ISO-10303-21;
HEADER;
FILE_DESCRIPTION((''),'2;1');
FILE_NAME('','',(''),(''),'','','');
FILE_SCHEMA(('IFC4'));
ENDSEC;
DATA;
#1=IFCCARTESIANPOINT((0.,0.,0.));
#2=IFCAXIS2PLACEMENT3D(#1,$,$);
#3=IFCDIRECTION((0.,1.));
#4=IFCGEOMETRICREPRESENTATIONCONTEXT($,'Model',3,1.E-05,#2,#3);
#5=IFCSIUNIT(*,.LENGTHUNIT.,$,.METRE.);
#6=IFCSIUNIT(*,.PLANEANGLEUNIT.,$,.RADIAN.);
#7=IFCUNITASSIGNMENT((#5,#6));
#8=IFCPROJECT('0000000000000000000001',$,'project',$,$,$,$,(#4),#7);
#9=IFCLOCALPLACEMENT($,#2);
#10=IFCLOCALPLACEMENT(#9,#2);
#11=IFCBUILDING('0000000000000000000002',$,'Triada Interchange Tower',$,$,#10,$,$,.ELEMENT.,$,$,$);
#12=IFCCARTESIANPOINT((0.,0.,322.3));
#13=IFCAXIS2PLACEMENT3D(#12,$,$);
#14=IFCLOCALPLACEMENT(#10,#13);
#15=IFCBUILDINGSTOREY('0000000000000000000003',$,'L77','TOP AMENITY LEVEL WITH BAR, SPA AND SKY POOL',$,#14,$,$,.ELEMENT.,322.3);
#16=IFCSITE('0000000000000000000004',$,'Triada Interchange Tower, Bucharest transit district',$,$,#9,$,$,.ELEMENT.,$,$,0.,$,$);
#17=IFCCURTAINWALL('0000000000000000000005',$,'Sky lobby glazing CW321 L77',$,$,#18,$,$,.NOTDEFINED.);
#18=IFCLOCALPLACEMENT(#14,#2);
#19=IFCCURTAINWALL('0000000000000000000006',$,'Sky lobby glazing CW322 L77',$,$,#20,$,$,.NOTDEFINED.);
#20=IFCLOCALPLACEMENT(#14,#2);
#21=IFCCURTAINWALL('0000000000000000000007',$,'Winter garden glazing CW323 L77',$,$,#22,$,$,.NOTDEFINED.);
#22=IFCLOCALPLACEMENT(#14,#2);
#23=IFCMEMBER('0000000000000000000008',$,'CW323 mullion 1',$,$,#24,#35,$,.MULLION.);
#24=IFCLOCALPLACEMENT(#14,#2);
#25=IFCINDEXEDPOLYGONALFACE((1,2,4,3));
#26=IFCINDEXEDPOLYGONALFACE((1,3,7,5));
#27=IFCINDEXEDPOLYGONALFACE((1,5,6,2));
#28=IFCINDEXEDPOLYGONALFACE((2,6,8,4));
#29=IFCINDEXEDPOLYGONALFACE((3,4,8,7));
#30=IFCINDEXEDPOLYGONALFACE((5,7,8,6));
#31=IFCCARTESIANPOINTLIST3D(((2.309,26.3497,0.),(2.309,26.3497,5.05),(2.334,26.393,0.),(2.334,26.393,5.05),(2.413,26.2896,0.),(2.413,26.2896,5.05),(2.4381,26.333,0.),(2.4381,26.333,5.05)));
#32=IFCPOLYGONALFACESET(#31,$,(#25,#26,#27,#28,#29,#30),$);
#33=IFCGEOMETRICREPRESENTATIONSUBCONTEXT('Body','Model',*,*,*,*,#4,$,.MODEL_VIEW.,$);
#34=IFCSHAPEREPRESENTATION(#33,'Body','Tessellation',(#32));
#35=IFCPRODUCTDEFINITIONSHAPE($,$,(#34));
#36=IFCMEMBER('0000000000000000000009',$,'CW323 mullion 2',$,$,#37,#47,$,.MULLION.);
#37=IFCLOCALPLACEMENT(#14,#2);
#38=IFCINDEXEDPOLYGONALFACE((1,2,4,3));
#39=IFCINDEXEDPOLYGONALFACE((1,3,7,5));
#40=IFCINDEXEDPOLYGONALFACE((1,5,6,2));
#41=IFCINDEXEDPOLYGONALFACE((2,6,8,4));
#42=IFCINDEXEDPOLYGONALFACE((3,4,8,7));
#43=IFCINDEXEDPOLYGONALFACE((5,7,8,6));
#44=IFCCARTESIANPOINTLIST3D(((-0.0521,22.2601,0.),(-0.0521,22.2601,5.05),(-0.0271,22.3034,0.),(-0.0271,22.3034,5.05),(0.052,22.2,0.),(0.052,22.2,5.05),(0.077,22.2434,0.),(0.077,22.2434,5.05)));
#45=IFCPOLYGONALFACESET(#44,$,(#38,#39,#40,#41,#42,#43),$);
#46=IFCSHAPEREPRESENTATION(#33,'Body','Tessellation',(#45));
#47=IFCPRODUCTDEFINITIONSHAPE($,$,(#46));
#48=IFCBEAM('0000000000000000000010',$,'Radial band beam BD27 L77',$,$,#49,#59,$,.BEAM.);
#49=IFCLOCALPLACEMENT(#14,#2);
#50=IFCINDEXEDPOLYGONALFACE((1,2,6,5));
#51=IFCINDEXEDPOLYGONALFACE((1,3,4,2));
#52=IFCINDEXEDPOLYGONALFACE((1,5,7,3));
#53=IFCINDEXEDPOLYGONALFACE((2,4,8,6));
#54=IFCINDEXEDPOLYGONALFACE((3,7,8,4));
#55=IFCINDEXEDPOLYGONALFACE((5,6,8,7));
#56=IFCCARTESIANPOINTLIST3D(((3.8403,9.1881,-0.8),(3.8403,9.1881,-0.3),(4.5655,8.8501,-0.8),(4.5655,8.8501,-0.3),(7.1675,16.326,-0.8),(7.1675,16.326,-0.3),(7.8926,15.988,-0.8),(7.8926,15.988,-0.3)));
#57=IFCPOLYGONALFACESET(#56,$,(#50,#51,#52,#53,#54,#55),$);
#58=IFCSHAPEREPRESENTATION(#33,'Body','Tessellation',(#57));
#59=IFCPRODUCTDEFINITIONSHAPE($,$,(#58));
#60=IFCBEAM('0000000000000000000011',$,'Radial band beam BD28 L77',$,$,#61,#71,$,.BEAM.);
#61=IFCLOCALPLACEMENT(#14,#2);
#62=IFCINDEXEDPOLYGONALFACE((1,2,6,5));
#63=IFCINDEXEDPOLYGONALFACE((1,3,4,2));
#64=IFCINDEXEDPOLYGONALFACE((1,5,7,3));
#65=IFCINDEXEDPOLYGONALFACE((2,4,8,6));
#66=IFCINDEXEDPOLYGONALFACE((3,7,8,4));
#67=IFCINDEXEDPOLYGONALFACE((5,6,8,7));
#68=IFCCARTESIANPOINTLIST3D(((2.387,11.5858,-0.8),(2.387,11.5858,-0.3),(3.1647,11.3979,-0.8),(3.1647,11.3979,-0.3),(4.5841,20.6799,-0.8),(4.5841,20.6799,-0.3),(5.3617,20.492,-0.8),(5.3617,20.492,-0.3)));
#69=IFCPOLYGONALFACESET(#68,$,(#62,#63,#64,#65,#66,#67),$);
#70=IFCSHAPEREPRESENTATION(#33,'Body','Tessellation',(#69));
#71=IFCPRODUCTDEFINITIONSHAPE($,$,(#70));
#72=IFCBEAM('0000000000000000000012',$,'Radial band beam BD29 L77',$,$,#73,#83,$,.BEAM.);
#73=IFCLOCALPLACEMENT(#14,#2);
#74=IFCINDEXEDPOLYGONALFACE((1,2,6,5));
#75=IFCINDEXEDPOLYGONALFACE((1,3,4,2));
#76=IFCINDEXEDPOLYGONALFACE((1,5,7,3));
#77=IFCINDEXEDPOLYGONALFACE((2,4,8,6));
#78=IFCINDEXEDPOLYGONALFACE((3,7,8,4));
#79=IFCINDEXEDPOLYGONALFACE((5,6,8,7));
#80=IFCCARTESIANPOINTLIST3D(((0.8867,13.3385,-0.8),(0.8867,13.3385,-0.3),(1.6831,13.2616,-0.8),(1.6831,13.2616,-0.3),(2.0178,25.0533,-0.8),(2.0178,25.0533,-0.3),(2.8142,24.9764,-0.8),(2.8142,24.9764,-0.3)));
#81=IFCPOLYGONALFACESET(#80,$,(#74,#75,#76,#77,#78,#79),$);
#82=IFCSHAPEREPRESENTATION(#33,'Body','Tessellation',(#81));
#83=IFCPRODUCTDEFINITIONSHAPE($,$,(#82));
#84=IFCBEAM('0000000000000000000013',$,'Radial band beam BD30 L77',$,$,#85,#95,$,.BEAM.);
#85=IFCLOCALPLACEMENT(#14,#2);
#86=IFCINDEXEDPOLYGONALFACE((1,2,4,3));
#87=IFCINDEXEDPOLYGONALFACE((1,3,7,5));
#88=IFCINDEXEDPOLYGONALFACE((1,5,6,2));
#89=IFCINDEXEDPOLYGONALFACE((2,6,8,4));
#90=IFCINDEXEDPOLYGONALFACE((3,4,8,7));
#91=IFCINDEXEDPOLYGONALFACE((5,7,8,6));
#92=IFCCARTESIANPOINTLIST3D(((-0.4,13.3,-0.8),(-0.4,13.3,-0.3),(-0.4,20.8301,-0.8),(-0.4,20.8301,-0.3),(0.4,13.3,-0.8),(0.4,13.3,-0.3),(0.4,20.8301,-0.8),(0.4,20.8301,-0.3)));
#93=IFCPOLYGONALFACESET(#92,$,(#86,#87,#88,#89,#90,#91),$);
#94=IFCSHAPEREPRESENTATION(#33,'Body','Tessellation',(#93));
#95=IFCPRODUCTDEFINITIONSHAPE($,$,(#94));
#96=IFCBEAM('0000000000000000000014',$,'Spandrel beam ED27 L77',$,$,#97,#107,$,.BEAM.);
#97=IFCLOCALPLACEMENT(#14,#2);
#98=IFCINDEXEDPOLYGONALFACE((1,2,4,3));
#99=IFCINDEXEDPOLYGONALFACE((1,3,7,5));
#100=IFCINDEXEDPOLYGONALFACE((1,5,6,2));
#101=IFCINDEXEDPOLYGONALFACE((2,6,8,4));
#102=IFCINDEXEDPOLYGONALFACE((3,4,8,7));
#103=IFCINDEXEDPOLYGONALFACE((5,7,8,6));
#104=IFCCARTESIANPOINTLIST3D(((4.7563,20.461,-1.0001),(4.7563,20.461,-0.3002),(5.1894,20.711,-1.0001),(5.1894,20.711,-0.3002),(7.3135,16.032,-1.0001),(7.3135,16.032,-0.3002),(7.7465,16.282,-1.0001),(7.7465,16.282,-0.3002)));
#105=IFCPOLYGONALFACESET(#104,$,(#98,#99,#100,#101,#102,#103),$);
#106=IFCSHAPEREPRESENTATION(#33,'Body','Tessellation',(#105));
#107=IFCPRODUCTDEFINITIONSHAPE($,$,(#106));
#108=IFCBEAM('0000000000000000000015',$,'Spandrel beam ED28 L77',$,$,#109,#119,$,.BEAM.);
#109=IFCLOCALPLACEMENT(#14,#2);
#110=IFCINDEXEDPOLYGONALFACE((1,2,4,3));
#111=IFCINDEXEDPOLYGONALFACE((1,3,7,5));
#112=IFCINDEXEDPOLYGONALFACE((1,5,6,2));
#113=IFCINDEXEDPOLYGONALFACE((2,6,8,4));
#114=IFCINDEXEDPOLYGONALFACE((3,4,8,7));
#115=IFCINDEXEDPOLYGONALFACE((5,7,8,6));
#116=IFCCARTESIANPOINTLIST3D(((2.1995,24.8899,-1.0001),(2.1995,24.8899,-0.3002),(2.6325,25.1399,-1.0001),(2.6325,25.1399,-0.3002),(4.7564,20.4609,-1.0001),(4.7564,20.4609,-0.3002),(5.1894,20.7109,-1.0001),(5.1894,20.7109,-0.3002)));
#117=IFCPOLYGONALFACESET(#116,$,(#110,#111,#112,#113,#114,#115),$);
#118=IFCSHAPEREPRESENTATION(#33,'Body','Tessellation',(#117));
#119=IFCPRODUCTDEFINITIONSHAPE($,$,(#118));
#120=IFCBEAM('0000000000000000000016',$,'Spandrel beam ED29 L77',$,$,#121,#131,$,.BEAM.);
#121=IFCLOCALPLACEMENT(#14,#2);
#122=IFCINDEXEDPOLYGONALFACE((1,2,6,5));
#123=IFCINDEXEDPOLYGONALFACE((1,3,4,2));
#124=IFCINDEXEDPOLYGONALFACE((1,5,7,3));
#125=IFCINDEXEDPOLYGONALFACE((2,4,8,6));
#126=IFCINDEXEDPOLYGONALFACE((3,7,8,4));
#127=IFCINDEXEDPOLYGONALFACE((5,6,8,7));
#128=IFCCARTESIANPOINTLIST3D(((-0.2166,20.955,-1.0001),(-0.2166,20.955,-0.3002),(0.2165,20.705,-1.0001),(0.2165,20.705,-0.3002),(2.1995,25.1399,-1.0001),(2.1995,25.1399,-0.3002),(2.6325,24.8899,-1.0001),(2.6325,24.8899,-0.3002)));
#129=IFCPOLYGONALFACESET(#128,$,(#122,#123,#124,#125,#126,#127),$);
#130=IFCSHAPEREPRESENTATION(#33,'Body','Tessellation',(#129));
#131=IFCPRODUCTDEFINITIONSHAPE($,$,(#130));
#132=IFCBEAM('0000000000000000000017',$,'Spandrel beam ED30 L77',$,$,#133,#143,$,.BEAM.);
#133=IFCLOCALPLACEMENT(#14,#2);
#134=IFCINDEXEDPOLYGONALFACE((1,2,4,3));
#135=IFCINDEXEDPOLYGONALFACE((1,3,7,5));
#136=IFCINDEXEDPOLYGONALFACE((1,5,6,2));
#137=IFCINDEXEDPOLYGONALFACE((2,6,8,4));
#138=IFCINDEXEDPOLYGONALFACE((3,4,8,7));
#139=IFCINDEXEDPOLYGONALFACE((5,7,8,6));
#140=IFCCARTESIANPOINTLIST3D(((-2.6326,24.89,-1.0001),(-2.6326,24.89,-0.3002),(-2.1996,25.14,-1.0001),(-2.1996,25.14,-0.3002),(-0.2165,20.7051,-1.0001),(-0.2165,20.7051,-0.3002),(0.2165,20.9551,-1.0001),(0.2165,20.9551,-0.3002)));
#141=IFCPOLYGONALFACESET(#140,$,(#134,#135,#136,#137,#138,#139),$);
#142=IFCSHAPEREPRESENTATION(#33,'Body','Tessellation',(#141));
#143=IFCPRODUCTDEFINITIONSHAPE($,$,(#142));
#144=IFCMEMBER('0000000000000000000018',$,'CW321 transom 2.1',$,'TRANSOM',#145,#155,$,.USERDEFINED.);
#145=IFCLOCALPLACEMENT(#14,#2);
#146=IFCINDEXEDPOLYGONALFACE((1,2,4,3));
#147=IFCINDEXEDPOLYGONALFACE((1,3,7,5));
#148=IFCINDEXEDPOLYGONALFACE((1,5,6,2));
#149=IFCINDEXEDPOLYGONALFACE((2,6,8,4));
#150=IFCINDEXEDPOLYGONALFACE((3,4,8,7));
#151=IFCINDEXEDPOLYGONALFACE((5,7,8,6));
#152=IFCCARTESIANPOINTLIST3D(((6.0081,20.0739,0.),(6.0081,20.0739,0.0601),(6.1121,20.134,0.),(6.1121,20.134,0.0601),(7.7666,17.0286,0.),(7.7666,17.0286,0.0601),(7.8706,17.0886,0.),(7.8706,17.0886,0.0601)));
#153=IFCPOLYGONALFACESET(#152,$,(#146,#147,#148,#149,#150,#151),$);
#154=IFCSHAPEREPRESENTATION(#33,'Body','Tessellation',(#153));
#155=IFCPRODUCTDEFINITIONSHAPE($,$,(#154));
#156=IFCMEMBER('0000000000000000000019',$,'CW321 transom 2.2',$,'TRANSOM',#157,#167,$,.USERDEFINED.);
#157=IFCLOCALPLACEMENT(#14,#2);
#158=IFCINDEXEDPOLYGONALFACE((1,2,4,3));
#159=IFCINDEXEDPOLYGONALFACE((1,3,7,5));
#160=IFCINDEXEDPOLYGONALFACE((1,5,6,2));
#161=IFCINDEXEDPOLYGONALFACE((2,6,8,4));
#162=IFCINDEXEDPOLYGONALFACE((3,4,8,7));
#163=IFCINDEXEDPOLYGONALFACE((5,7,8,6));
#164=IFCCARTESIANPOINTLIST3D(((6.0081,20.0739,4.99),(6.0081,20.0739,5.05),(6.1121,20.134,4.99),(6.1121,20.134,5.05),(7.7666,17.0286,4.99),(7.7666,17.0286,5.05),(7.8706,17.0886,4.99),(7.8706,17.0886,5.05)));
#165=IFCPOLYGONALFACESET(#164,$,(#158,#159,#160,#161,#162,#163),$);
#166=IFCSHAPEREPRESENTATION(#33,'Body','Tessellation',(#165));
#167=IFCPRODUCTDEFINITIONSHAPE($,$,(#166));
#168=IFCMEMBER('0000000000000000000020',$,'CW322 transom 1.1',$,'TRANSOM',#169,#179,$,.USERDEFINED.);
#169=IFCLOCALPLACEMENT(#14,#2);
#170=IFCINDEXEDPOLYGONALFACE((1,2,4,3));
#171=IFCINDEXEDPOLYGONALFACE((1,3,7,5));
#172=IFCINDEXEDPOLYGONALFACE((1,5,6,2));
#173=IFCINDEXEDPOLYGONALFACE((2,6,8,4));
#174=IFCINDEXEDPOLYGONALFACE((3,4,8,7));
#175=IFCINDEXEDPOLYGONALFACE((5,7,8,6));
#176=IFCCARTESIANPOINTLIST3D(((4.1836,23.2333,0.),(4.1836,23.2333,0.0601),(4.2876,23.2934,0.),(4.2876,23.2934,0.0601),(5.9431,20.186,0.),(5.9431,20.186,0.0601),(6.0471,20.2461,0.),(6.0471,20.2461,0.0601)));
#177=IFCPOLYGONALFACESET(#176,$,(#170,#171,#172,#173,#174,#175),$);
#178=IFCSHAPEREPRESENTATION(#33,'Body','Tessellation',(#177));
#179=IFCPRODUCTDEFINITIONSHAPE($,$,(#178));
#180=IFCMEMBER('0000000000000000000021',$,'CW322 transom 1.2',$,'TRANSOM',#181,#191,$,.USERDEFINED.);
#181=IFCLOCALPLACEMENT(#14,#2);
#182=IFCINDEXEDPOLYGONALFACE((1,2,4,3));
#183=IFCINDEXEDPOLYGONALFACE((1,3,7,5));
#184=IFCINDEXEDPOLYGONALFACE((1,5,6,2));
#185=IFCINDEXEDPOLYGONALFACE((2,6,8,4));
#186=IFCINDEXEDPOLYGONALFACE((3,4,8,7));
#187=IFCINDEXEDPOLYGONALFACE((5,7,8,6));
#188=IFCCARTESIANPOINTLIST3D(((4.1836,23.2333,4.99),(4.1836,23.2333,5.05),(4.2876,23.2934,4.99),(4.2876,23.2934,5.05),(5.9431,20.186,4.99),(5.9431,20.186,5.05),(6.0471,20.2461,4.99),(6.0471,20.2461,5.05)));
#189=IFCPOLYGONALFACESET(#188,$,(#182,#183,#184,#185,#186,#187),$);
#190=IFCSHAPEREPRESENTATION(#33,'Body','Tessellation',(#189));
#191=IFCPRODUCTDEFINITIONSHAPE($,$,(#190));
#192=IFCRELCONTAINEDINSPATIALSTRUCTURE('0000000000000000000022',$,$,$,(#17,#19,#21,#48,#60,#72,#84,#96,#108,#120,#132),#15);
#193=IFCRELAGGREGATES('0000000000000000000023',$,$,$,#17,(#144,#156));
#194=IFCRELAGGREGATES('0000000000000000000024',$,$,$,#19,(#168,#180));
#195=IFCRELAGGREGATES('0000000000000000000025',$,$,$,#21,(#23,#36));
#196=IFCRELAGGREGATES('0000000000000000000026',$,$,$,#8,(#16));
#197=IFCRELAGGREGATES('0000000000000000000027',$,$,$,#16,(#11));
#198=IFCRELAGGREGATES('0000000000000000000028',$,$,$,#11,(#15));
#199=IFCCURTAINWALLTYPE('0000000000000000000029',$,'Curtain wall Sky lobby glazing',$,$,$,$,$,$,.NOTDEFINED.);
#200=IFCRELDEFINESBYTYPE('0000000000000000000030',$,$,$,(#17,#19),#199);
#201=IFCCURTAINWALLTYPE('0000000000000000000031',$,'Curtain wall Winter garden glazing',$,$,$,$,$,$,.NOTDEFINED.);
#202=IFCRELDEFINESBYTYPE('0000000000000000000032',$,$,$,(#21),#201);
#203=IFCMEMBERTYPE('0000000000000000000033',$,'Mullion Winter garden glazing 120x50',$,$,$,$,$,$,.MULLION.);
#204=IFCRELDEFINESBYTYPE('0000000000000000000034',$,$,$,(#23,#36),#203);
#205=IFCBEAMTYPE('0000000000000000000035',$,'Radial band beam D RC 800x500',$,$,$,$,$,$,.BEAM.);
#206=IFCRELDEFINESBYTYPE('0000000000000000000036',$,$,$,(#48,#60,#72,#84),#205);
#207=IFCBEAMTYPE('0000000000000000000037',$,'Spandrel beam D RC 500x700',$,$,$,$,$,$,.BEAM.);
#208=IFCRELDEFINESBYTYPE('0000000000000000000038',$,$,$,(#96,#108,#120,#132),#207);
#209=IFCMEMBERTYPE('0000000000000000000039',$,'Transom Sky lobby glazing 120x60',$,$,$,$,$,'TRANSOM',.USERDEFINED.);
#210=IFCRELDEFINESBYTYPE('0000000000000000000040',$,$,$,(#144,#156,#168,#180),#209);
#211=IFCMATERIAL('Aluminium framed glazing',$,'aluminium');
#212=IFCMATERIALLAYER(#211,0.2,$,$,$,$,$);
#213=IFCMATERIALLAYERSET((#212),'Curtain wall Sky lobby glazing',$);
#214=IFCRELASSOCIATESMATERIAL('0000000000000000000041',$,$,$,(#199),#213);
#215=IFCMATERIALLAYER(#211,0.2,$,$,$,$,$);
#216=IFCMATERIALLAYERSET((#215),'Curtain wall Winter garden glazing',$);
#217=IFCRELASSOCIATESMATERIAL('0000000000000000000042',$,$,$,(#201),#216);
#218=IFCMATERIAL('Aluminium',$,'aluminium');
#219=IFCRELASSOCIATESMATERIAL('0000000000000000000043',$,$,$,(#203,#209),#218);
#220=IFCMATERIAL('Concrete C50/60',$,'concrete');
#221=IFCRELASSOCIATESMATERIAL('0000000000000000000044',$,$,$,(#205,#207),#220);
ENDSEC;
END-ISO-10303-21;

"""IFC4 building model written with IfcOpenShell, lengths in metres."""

from ifc_helpers import new_model, si_unit, direction, frame, origin, origin_2d, place, context, subcontext, project, spatial, rectangle, extrude, material, layer, layer_set, material_profile, profile_set, type_object, element, aggregate, save


model = new_model("IFC4")

# Units and contexts
model_context = context("Model", 3, precision=1e-05, world=origin(), true_north=direction((0.0, 1.0)))
body_context = subcontext(model_context, "Body", "Model", "MODEL_VIEW")
ifc_project = project(units=[si_unit("LENGTHUNIT", "METRE"), si_unit("PLANEANGLEUNIT", "RADIAN")], contexts=[model_context])

# Site, building, storey
site_placement = place(None, origin())
site = spatial("IfcSite", under=ifc_project, at=site_placement, Name="Triada Interchange Tower, Bucharest transit district", CompositionType="ELEMENT", RefElevation=0.0)
building_placement = place(site_placement, origin())
building = spatial("IfcBuilding", under=site, at=building_placement, Name="Triada Interchange Tower", CompositionType="ELEMENT")
storey_placement = place(building_placement, frame((0.0, 0.0, 322.3)))
storey = spatial("IfcBuildingStorey", under=building, at=storey_placement, Name="L77", Description="TOP AMENITY LEVEL WITH BAR, SPA AND SKY POOL", CompositionType="ELEMENT", Elevation=322.3)

# Curtain walls, members
ifc_material_1 = material(Name="Aluminium framed glazing", Category="aluminium")
ifc_layer_1 = layer(ifc_material_1, 0.2)
ifc_layer_set_1 = layer_set([ifc_layer_1], Name="Curtain wall Sky lobby glazing")
curtain_wall_type_1 = type_object("IfcCurtainWallType", Name="Curtain wall Sky lobby glazing", PredefinedType="NOTDEFINED", material=ifc_layer_set_1)
curtain_wall_1_placement = place(storey_placement, origin())
curtain_wall_1 = element("IfcCurtainWall", 1, at=curtain_wall_1_placement, inside=storey, type_object=curtain_wall_type_1, Name="Sky lobby glazing CW321 L77", PredefinedType="NOTDEFINED")
ifc_material_2 = material(Name="Aluminium", Category="aluminium")
curtain_wall_2_placement = place(storey_placement, origin())
curtain_wall_2 = element("IfcCurtainWall", 2, at=curtain_wall_2_placement, inside=storey, type_object=curtain_wall_type_1, Name="Sky lobby glazing CW322 L77", PredefinedType="NOTDEFINED")
ifc_layer_2 = layer(ifc_material_1, 0.2)
ifc_layer_set_2 = layer_set([ifc_layer_2], Name="Curtain wall Winter garden glazing")
curtain_wall_type_2 = type_object("IfcCurtainWallType", Name="Curtain wall Winter garden glazing", PredefinedType="NOTDEFINED", material=ifc_layer_set_2)
curtain_wall_3_placement = place(storey_placement, origin())
curtain_wall_3 = element("IfcCurtainWall", 3, at=curtain_wall_3_placement, inside=storey, type_object=curtain_wall_type_2, Name="Winter garden glazing CW323 L77", PredefinedType="NOTDEFINED")
ifc_material_profile_1 = material_profile(ifc_material_2, rectangle(XDim=0.1201, YDim=0.05, at=origin_2d()), Name="Aluminium mullion")
ifc_profile_set_1 = profile_set([ifc_material_profile_1], Name="Aluminium")
member_type_1 = type_object("IfcMemberType", Name="Mullion Winter garden glazing 120x50", PredefinedType="MULLION", material=ifc_profile_set_1)
member_1_placement = place(storey_placement, frame((2.3735, 26.3413, 0.0), z_axis=(0.0, 0.0, 1.0), x_axis=(0.866043, -0.49997, 0.0)))
member_1 = element("IfcMember", 4, at=member_1_placement, type_object=member_type_1, Name="CW323 mullion 1", PredefinedType="MULLION", context=body_context, shape_type="SweptSolid", body=[
    extrude(rectangle(XDim=0.1201, YDim=0.05, at=origin_2d()), origin(), (0.0, 0.0, 1.0), 5.05),
])
member_2_placement = place(storey_placement, frame((0.0125, 22.2517, 0.0), z_axis=(0.0, 0.0, 1.0), x_axis=(0.866043, -0.49997, 0.0)))
member_2 = element("IfcMember", 5, at=member_2_placement, type_object=member_type_1, Name="CW323 mullion 2", PredefinedType="MULLION", context=body_context, shape_type="SweptSolid", body=[
    extrude(rectangle(XDim=0.1201, YDim=0.05, at=origin_2d()), origin(), (0.0, 0.0, 1.0), 5.05),
])

# Beams
ifc_material_3 = material(Name="Concrete C50/60", Category="concrete")
ifc_material_profile_2 = material_profile(ifc_material_3, rectangle(XDim=0.8, YDim=0.5, at=origin_2d()), Name="RC 800x500")
ifc_profile_set_2 = profile_set([ifc_material_profile_2], Name="Concrete C50/60")
beam_type_1 = type_object("IfcBeamType", Name="Radial band beam D RC 800x500", PredefinedType="BEAM", material=ifc_profile_set_2)
beam_1_placement = place(storey_placement, frame((7.53, 16.157, -0.55), z_axis=(-0.42248, -0.906372, 0.0), x_axis=(0.906372, -0.42248, 0.0)))
element("IfcBeam", 6, at=beam_1_placement, inside=storey, type_object=beam_type_1, Name="Radial band beam BD27 L77", PredefinedType="BEAM", context=body_context, shape_type="SweptSolid", body=[
    extrude(rectangle(XDim=0.8, YDim=0.5, at=origin_2d()), origin(), (0.0, 0.0, 1.0), 7.8752),
])
beam_2_placement = place(storey_placement, frame((4.9729, 20.5859, -0.55), z_axis=(-0.234834, -0.972035, 0.0), x_axis=(0.972035, -0.234834, 0.0)))
element("IfcBeam", 7, at=beam_2_placement, inside=storey, type_object=beam_type_1, Name="Radial band beam BD28 L77", PredefinedType="BEAM", context=body_context, shape_type="SweptSolid", body=[
    extrude(rectangle(XDim=0.8, YDim=0.5, at=origin_2d()), origin(), (0.0, 0.0, 1.0), 9.3557),
])
beam_3_placement = place(storey_placement, frame((2.416, 25.0149, -0.55), z_axis=(-0.096106, -0.995371, 0.0), x_axis=(0.995371, -0.096106, 0.0)))
element("IfcBeam", 8, at=beam_3_placement, inside=storey, type_object=beam_type_1, Name="Radial band beam BD29 L77", PredefinedType="BEAM", context=body_context, shape_type="SweptSolid", body=[
    extrude(rectangle(XDim=0.8, YDim=0.5, at=origin_2d()), origin(), (0.0, 0.0, 1.0), 11.7693),
])
beam_4_placement = place(storey_placement, frame((0.0, 20.8301, -0.55), z_axis=(0.0, -1.0, 0.0), x_axis=(1.0, 0.0, 0.0)))
element("IfcBeam", 9, at=beam_4_placement, inside=storey, type_object=beam_type_1, Name="Radial band beam BD30 L77", PredefinedType="BEAM", context=body_context, shape_type="SweptSolid", body=[
    extrude(rectangle(XDim=0.8, YDim=0.5, at=origin_2d()), origin(), (0.0, 0.0, 1.0), 7.53),
])
ifc_material_profile_3 = material_profile(ifc_material_3, rectangle(XDim=0.5, YDim=0.7, at=origin_2d()), Name="RC 500x700")
ifc_profile_set_3 = profile_set([ifc_material_profile_3], Name="Concrete C50/60")
beam_type_2 = type_object("IfcBeamType", Name="Spandrel beam D RC 500x700", PredefinedType="BEAM", material=ifc_profile_set_3)
beam_5_placement = place(storey_placement, frame((7.53, 16.157, -0.6501), z_axis=(-0.50001, 0.866019, 0.0), x_axis=(-0.866019, -0.50001, 0.0)))
element("IfcBeam", 10, at=beam_5_placement, inside=storey, type_object=beam_type_2, Name="Spandrel beam ED27 L77", PredefinedType="BEAM", context=body_context, shape_type="SweptSolid", body=[
    extrude(rectangle(XDim=0.5, YDim=0.7, at=origin_2d()), origin(), (0.0, 0.0, 1.0), 5.1143),
])
beam_6_placement = place(storey_placement, frame((4.9729, 20.5859, -0.6501), z_axis=(-0.499975, 0.86604, 0.0), x_axis=(-0.86604, -0.499975, 0.0)))
element("IfcBeam", 11, at=beam_6_placement, inside=storey, type_object=beam_type_2, Name="Spandrel beam ED28 L77", PredefinedType="BEAM", context=body_context, shape_type="SweptSolid", body=[
    extrude(rectangle(XDim=0.5, YDim=0.7, at=origin_2d()), origin(), (0.0, 0.0, 1.0), 5.114),
])
for number, where, z_axis, x_axis, name in (
    (12, (2.416, 25.0149, -0.6501), (-0.499986, -0.866033, 0.0), (0.866033, -0.499986, 0.0), "Spandrel beam ED29 L77"),
    (13, (0.0, 20.8301, -0.6501), (-0.499986, 0.866033, 0.0), (-0.866033, -0.499986, 0.0), "Spandrel beam ED30 L77"),
):
    element("IfcBeam", number, at=place(storey_placement, frame(where, z_axis=z_axis, x_axis=x_axis)), inside=storey, type_object=beam_type_2, Name=name, PredefinedType="BEAM", context=body_context, shape_type="SweptSolid", body=[
        extrude(rectangle(XDim=0.5, YDim=0.7, at=origin_2d()), origin(), (0.0, 0.0, 1.0), 4.8323),
    ])

# Members
ifc_material_profile_4 = material_profile(ifc_material_2, rectangle(XDim=0.1201, YDim=0.0601, at=origin_2d()), Name="Aluminium transom")
ifc_profile_set_4 = profile_set([ifc_material_profile_4], Name="Aluminium")
member_type_2 = type_object("IfcMemberType", Name="Transom Sky lobby glazing 120x60", ElementType="TRANSOM", PredefinedType="USERDEFINED", material=ifc_profile_set_4)
member_3_placement = place(storey_placement, frame((7.8186, 17.0586, 0.03), z_axis=(-0.500059, 0.865991, 0.0), x_axis=(-0.865991, -0.500059, 0.0)))
member_3 = element("IfcMember", 14, at=member_3_placement, type_object=member_type_2, Name="CW321 transom 2.1", ObjectType="TRANSOM", PredefinedType="USERDEFINED", context=body_context, shape_type="SweptSolid", body=[
    extrude(rectangle(XDim=0.1201, YDim=0.0601, at=origin_2d()), origin(), (0.0, 0.0, 1.0), 3.5166),
])
member_4_placement = place(storey_placement, frame((7.8186, 17.0586, 5.02), z_axis=(-0.500059, 0.865991, 0.0), x_axis=(-0.865991, -0.500059, 0.0)))
member_4 = element("IfcMember", 15, at=member_4_placement, type_object=member_type_2, Name="CW321 transom 2.2", ObjectType="TRANSOM", PredefinedType="USERDEFINED", context=body_context, shape_type="SweptSolid", body=[
    extrude(rectangle(XDim=0.1201, YDim=0.0601, at=origin_2d()), origin(), (0.0, 0.0, 1.0), 3.5166),
])
member_5_placement = place(storey_placement, frame((5.9951, 20.2161, 0.03), z_axis=(-0.500027, 0.86601, 0.0), x_axis=(-0.86601, -0.500027, 0.0)))
member_5 = element("IfcMember", 16, at=member_5_placement, type_object=member_type_2, Name="CW322 transom 1.1", ObjectType="TRANSOM", PredefinedType="USERDEFINED", context=body_context, shape_type="SweptSolid", body=[
    extrude(rectangle(XDim=0.1201, YDim=0.0601, at=origin_2d()), origin(), (0.0, 0.0, 1.0), 3.5188),
])
member_6_placement = place(storey_placement, frame((5.9951, 20.2161, 5.02), z_axis=(-0.500027, 0.86601, 0.0), x_axis=(-0.86601, -0.500027, 0.0)))
member_6 = element("IfcMember", 17, at=member_6_placement, type_object=member_type_2, Name="CW322 transom 1.2", ObjectType="TRANSOM", PredefinedType="USERDEFINED", context=body_context, shape_type="SweptSolid", body=[
    extrude(rectangle(XDim=0.1201, YDim=0.0601, at=origin_2d()), origin(), (0.0, 0.0, 1.0), 3.5188),
])

aggregate(curtain_wall_1, [member_3, member_4])
aggregate(curtain_wall_2, [member_5, member_6])
aggregate(curtain_wall_3, [member_1, member_2])

save(model, "model.ifc")
